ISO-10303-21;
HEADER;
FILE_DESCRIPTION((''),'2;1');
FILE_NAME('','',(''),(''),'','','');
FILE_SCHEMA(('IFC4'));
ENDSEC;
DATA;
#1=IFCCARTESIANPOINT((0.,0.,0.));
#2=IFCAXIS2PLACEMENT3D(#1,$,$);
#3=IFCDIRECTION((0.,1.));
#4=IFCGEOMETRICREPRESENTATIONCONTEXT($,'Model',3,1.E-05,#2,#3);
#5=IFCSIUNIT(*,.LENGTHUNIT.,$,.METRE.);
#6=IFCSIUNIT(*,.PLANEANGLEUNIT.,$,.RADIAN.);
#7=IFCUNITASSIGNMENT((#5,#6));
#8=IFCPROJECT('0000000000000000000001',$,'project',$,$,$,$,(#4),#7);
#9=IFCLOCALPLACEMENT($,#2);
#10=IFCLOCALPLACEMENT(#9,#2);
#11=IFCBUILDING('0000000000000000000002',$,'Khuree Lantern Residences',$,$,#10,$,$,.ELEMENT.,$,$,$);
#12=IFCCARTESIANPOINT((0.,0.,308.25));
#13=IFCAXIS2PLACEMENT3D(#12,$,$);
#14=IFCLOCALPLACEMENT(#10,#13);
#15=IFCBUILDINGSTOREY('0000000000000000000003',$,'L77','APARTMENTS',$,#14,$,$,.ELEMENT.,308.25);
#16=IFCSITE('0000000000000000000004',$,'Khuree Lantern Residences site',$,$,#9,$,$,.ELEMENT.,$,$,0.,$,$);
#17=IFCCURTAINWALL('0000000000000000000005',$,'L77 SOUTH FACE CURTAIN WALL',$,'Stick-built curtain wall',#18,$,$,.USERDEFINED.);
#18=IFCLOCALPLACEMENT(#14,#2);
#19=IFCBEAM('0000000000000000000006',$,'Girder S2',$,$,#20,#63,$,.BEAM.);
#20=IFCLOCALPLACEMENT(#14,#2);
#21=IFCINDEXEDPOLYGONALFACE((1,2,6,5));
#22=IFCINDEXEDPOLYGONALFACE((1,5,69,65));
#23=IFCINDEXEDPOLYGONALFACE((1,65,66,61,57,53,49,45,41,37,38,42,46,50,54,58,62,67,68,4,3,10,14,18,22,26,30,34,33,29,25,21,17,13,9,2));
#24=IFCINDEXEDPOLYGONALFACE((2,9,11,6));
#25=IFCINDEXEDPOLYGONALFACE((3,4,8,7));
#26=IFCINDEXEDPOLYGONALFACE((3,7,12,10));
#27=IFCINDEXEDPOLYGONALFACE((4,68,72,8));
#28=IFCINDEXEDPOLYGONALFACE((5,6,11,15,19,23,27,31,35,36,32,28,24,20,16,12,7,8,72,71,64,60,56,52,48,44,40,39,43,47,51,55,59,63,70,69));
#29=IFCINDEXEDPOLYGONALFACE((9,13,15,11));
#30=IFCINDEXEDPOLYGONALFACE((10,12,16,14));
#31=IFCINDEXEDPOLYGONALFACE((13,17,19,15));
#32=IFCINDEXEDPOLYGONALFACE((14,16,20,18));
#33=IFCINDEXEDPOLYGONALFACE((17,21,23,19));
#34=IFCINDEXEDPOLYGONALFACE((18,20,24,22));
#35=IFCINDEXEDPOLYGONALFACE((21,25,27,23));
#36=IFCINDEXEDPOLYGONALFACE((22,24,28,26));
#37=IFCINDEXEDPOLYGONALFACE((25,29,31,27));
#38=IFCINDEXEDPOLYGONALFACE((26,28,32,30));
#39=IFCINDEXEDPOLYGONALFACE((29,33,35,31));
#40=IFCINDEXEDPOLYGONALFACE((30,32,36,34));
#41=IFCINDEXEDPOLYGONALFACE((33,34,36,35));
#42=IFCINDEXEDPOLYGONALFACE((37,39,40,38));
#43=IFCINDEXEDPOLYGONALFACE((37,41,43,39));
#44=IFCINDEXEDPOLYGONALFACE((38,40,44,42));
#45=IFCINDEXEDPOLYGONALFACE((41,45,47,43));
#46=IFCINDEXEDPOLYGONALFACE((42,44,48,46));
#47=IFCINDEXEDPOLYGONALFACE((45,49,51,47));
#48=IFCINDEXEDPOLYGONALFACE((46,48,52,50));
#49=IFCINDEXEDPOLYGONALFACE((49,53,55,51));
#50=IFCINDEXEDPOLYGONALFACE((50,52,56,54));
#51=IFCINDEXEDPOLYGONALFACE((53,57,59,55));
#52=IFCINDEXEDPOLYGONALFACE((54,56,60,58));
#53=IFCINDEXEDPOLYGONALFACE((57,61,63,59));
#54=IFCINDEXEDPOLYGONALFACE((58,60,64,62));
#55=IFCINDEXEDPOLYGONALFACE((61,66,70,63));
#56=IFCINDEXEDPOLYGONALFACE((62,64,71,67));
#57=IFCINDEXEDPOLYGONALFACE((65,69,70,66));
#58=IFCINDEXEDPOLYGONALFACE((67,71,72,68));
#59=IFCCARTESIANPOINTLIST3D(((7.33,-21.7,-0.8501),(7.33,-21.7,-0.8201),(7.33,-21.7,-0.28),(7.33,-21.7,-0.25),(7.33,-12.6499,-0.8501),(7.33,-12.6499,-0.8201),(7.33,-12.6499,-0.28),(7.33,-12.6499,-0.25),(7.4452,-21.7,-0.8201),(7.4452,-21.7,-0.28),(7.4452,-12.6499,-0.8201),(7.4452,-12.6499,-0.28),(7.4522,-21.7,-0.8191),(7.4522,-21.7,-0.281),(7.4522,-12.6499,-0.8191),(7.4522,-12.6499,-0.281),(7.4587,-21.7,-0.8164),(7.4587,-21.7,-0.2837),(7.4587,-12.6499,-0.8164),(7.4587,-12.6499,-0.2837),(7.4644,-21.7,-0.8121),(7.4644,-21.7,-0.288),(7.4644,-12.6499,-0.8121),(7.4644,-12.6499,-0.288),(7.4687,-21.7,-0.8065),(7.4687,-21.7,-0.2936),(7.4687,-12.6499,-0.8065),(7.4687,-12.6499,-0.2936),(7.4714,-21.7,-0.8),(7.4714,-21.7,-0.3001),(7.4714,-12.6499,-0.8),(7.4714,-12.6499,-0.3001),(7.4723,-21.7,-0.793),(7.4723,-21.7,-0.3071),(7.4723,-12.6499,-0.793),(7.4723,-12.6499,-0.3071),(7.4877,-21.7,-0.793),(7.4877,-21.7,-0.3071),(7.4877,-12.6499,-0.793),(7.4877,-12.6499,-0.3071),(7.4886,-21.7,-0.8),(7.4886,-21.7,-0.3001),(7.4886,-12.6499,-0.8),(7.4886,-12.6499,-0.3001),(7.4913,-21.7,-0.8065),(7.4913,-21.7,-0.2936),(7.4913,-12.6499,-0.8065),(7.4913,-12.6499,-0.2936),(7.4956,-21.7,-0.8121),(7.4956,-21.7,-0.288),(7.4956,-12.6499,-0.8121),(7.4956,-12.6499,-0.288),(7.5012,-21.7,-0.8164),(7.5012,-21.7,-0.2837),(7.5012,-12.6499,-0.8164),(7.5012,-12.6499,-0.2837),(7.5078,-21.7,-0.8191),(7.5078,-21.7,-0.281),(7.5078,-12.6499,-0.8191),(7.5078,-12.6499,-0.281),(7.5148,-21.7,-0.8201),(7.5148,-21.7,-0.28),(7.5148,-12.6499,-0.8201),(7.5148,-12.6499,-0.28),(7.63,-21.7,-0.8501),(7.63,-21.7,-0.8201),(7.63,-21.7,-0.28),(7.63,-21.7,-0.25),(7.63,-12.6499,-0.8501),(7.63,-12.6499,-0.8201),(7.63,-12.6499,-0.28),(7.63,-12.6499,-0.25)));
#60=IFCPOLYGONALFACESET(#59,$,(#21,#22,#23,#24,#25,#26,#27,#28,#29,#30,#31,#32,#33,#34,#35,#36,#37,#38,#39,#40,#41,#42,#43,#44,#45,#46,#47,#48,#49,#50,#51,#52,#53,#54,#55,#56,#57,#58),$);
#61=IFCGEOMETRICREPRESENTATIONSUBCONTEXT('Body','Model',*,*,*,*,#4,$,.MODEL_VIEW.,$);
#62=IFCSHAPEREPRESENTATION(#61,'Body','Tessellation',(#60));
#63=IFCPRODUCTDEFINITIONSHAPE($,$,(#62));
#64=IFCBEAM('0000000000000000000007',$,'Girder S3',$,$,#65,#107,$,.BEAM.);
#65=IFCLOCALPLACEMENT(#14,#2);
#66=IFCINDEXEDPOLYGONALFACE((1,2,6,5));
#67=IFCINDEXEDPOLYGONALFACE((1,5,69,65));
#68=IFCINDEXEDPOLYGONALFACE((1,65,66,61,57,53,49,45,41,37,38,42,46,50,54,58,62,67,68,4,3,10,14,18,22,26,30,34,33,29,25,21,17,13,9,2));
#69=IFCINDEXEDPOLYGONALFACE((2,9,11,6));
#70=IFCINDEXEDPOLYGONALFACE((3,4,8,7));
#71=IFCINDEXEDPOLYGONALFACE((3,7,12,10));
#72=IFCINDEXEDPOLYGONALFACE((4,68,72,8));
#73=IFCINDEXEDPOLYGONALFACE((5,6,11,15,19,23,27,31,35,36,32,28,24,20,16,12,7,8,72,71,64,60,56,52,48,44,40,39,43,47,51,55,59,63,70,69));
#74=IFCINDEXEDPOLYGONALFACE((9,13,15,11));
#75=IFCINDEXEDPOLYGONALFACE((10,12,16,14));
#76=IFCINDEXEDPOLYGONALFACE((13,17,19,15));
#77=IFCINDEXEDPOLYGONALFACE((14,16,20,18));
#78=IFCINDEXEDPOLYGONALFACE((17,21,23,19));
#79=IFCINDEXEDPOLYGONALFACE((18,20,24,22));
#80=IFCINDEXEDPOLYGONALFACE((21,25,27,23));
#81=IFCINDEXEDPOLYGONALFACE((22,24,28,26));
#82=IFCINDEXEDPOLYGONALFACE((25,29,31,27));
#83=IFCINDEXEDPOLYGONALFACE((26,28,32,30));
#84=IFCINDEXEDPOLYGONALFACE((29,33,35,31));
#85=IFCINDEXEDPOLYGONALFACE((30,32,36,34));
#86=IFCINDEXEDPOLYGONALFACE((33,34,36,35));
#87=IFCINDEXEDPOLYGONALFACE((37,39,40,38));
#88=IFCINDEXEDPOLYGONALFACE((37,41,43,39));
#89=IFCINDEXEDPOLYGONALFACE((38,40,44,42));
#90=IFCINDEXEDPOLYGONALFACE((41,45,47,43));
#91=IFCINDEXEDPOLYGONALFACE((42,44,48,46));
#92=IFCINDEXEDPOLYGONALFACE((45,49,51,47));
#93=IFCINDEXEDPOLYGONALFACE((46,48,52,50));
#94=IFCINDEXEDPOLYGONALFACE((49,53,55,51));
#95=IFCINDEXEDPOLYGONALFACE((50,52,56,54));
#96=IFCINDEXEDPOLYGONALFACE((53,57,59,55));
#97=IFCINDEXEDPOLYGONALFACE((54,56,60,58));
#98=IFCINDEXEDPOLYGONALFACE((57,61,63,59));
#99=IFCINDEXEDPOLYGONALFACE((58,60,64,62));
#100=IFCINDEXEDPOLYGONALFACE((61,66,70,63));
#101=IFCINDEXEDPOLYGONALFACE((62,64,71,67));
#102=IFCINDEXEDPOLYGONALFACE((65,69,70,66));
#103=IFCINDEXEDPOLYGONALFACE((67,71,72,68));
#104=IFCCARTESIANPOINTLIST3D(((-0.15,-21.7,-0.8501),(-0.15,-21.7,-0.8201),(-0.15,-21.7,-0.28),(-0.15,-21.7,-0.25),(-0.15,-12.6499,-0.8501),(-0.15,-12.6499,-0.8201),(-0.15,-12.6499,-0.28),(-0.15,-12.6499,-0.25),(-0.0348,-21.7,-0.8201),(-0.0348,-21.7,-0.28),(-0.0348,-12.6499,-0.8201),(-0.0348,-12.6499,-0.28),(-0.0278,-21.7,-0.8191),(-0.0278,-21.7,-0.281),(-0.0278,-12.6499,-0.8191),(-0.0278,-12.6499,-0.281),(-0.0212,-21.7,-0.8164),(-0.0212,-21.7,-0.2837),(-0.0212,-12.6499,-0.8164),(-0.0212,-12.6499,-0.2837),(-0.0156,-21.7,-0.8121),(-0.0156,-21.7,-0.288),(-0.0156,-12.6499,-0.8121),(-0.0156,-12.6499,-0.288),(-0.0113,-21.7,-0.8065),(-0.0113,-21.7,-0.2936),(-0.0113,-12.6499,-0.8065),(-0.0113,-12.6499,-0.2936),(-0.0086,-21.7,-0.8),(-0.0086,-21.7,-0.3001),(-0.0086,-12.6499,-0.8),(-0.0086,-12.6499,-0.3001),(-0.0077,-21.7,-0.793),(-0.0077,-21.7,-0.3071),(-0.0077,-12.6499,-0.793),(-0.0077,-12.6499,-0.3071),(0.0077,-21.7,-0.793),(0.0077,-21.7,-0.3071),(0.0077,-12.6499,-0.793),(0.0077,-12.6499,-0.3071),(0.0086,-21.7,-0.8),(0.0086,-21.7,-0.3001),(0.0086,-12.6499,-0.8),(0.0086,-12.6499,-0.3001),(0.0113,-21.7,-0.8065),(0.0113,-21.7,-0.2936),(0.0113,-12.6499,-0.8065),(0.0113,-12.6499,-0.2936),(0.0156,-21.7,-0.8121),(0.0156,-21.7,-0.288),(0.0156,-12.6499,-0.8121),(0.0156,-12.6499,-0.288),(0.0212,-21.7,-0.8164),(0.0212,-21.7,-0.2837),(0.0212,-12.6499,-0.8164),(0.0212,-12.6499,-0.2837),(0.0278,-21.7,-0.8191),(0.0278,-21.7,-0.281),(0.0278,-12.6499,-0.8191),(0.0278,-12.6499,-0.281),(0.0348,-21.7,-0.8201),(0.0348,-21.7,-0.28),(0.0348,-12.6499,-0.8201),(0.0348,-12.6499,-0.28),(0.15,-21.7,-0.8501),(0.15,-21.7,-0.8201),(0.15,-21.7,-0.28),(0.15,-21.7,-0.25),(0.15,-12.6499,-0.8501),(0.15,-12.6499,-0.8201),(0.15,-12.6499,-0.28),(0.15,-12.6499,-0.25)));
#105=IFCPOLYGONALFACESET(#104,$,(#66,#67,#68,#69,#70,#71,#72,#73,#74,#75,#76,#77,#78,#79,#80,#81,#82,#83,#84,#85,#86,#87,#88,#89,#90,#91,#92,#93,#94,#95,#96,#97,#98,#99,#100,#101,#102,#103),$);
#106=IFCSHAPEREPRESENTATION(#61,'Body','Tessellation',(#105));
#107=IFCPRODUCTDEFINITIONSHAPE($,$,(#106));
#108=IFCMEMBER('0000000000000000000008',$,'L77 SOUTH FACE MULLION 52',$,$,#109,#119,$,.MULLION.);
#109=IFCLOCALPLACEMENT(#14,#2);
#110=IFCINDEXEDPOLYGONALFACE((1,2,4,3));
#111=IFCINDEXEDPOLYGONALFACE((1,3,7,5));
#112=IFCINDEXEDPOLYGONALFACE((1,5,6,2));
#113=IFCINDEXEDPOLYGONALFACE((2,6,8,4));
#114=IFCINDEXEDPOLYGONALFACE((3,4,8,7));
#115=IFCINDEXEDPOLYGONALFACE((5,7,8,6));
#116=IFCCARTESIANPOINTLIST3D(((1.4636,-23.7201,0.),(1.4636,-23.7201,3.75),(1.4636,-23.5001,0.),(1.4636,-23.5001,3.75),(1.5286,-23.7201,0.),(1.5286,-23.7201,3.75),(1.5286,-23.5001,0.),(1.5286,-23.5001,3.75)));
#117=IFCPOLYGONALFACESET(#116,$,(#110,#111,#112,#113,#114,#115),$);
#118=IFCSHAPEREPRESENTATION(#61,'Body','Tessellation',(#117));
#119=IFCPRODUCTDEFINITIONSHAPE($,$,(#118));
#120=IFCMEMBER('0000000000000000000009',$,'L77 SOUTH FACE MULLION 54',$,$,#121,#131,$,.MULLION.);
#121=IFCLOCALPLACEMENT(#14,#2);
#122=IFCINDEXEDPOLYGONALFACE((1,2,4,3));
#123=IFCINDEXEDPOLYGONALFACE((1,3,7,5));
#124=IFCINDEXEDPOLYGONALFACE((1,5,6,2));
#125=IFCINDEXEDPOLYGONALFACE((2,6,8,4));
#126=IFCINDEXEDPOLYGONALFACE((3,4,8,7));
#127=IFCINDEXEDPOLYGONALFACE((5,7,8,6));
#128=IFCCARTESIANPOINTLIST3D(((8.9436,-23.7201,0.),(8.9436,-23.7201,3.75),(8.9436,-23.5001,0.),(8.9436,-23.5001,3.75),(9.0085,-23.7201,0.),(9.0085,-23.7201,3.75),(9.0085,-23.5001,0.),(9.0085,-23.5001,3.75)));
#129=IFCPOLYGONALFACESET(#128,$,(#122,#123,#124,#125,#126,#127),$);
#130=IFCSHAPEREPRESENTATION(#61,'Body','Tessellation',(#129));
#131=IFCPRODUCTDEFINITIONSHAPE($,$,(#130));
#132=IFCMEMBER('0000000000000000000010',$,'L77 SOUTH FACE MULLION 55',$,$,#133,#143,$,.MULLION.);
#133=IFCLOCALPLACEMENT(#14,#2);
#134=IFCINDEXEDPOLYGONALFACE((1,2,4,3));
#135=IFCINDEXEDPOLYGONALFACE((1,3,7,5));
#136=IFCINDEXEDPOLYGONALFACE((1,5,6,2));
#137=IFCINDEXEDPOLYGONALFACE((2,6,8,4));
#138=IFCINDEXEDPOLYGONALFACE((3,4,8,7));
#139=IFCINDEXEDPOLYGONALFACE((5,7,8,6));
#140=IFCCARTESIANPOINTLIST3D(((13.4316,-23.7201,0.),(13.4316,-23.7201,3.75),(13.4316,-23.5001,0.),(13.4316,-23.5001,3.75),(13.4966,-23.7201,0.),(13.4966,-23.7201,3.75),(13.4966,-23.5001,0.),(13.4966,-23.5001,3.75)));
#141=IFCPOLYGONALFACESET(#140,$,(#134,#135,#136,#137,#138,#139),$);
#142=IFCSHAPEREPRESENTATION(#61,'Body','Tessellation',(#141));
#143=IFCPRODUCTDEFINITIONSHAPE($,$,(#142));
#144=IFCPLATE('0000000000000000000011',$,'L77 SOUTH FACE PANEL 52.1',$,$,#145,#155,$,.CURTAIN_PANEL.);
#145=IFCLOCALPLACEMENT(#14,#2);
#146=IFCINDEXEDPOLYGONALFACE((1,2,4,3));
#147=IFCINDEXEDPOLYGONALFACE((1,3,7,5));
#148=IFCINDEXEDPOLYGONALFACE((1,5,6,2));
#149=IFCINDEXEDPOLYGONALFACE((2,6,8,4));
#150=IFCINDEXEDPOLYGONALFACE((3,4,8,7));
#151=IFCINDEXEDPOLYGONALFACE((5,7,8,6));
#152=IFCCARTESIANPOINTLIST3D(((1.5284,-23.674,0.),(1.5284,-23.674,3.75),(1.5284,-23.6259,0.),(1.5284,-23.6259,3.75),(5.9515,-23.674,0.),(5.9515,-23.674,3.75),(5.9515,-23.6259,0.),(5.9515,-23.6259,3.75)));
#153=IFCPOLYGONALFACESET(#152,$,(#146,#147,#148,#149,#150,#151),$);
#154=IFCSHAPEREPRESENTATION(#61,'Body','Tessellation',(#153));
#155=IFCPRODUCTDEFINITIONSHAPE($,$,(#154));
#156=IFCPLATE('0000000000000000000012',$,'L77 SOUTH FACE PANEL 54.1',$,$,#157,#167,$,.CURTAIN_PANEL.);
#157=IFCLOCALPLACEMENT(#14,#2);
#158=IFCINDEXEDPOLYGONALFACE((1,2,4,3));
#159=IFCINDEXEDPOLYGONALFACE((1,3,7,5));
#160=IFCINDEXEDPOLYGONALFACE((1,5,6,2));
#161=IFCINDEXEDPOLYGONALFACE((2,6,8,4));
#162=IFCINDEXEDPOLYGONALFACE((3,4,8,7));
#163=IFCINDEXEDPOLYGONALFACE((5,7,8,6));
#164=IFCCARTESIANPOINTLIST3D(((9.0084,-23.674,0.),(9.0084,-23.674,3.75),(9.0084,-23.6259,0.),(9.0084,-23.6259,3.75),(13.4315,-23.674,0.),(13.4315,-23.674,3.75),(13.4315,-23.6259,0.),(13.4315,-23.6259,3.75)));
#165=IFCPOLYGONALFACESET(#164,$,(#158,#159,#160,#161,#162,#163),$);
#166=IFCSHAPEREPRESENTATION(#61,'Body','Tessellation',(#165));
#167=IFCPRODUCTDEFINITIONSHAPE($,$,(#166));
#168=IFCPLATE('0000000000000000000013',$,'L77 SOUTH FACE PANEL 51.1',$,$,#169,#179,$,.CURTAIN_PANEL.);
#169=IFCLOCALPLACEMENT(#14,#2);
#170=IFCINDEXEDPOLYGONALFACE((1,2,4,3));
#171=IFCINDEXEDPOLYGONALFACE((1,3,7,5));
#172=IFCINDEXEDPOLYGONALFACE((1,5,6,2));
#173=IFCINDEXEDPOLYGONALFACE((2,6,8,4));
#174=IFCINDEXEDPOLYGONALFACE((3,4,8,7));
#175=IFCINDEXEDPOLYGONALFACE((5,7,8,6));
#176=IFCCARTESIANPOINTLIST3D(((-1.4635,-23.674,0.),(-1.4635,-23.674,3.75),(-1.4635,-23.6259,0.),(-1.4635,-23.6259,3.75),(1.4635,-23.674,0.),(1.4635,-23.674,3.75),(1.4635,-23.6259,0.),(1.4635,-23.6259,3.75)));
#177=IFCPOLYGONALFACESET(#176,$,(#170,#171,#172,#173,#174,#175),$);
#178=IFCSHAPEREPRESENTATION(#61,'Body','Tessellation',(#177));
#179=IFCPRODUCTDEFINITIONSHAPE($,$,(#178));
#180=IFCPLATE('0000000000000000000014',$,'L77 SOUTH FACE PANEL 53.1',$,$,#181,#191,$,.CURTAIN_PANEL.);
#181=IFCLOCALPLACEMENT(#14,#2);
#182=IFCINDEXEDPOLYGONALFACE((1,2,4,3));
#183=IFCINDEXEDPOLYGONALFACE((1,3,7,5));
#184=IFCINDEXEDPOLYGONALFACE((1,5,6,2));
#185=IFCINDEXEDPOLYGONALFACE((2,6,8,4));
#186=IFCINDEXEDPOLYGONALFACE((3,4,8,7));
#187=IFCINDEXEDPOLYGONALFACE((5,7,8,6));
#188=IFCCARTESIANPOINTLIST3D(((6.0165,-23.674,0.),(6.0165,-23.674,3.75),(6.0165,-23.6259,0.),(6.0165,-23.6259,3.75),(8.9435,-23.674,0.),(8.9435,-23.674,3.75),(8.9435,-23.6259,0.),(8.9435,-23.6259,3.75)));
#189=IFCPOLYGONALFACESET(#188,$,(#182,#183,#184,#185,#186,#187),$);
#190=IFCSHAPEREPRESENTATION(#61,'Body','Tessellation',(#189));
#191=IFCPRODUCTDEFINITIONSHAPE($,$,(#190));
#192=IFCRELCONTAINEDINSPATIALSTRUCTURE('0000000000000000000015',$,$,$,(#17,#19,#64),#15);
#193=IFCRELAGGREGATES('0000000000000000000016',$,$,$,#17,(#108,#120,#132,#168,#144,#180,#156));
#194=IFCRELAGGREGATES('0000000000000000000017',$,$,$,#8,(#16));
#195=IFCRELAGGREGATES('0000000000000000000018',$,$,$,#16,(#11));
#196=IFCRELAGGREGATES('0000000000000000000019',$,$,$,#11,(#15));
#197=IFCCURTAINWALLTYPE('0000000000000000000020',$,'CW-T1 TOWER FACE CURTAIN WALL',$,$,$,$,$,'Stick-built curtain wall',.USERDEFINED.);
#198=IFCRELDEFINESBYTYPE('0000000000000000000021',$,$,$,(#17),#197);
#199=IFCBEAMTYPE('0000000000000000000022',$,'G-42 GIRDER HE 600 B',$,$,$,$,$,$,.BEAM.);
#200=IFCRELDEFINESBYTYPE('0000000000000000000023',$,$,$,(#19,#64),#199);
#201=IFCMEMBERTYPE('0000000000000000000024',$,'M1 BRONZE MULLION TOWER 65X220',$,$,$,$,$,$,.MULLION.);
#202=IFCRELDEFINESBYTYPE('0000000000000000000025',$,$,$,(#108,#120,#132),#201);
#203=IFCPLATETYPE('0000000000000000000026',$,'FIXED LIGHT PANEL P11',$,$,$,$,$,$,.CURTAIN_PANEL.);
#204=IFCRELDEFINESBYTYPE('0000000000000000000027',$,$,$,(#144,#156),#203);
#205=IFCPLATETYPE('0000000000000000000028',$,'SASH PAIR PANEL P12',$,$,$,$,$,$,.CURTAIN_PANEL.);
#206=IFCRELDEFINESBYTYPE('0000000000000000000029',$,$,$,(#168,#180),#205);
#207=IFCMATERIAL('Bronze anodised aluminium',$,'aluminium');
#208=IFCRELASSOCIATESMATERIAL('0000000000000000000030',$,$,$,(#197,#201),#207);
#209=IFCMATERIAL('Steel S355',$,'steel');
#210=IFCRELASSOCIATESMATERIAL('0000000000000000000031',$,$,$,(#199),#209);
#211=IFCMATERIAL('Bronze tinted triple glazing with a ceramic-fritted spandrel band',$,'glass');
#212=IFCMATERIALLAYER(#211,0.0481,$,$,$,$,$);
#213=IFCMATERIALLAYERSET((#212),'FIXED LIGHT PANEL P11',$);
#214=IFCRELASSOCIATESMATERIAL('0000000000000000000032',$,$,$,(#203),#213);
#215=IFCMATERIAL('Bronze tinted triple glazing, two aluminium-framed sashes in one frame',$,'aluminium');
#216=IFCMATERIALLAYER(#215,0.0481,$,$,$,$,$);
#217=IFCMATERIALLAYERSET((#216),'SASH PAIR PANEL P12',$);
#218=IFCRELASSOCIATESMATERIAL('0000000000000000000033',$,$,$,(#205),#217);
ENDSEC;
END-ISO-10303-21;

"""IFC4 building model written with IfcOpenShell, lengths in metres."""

from ifc_helpers import new_model, si_unit, direction, frame, origin, origin_2d, place, context, subcontext, project, spatial, rectangle, i_section, extrude, material, layer, layer_set, material_profile, profile_set, type_object, element, aggregate, save


model = new_model("IFC4")

# Units and contexts
model_context = context("Model", 3, precision=1e-05, world=origin(), true_north=direction((0.0, 1.0)))
body_context = subcontext(model_context, "Body", "Model", "MODEL_VIEW")
ifc_project = project(units=[si_unit("LENGTHUNIT", "METRE"), si_unit("PLANEANGLEUNIT", "RADIAN")], contexts=[model_context])

# Site, building, storey
site_placement = place(None, origin())
site = spatial("IfcSite", under=ifc_project, at=site_placement, Name="Khuree Lantern Residences site", CompositionType="ELEMENT", RefElevation=0.0)
building_placement = place(site_placement, origin())
building = spatial("IfcBuilding", under=site, at=building_placement, Name="Khuree Lantern Residences", CompositionType="ELEMENT")
storey_placement = place(building_placement, frame((0.0, 0.0, 308.25)))
storey = spatial("IfcBuildingStorey", under=building, at=storey_placement, Name="L77", Description="APARTMENTS", CompositionType="ELEMENT", Elevation=308.25)

# Shared definitions
ifc_material_1 = material(Name="Steel S355", Category="steel")

# Curtain wall
ifc_material_2 = material(Name="Bronze anodised aluminium", Category="aluminium")
curtain_wall_type = type_object("IfcCurtainWallType", Name="CW-T1 TOWER FACE CURTAIN WALL", ElementType="Stick-built curtain wall", PredefinedType="USERDEFINED", material=ifc_material_2)
curtain_wall_placement = place(storey_placement, origin())
curtain_wall = element("IfcCurtainWall", 1, at=curtain_wall_placement, inside=storey, type_object=curtain_wall_type, Name="L77 SOUTH FACE CURTAIN WALL", ObjectType="Stick-built curtain wall", PredefinedType="USERDEFINED")

# Beams
ifc_material_profile_1 = material_profile(ifc_material_1, i_section(OverallWidth=0.3, OverallDepth=0.6001, WebThickness=0.0154, FlangeThickness=0.03, FilletRadius=0.0271, at=origin_2d()), Name="HE 600 B")
ifc_profile_set_1 = profile_set([ifc_material_profile_1], Name="Steel S355")
beam_type_1 = type_object("IfcBeamType", Name="G-42 GIRDER HE 600 B", PredefinedType="BEAM", material=ifc_profile_set_1)
for number, where, z_axis, x_axis, name in (
    (2, (7.48, -21.7, -0.55), (0.0, 1.0, 0.0), (-1.0, 0.0, 0.0), "Girder S2"),
    (3, (0.0, -21.7, -0.55), (0.0, 1.0, 0.0), (-1.0, 0.0, 0.0), "Girder S3"),
):
    element("IfcBeam", number, at=place(storey_placement, frame(where, z_axis=z_axis, x_axis=x_axis)), inside=storey, type_object=beam_type_1, Name=name, PredefinedType="BEAM", context=body_context, shape_type="SweptSolid", body=[
        extrude(i_section(OverallWidth=0.3, OverallDepth=0.6001, WebThickness=0.0154, FlangeThickness=0.03, FilletRadius=0.0271, at=origin_2d()), origin(), (0.0, 0.0, 1.0), 9.05),
    ])

# Members
ifc_material_profile_2 = material_profile(ifc_material_2, rectangle(XDim=0.0649, YDim=0.22, at=origin_2d()), Name="M1 65X220")
ifc_profile_set_2 = profile_set([ifc_material_profile_2], Name="Bronze anodised aluminium")
member_type_1 = type_object("IfcMemberType", Name="M1 BRONZE MULLION TOWER 65X220", PredefinedType="MULLION", material=ifc_profile_set_2)
member_1_placement = place(storey_placement, frame((1.4961, -23.6101, 0.0), z_axis=(0.0, 0.0, 1.0), x_axis=(1.0, 0.0, 0.0)))
member_1 = element("IfcMember", 4, at=member_1_placement, type_object=member_type_1, Name="L77 SOUTH FACE MULLION 52", PredefinedType="MULLION", context=body_context, shape_type="SweptSolid", body=[
    extrude(rectangle(XDim=0.0649, YDim=0.22, at=origin_2d()), origin(), (0.0, 0.0, 1.0), 3.75),
])
member_2_placement = place(storey_placement, frame((8.9761, -23.6101, 0.0), z_axis=(0.0, 0.0, 1.0), x_axis=(1.0, 0.0, 0.0)))
member_2 = element("IfcMember", 5, at=member_2_placement, type_object=member_type_1, Name="L77 SOUTH FACE MULLION 54", PredefinedType="MULLION", context=body_context, shape_type="SweptSolid", body=[
    extrude(rectangle(XDim=0.0649, YDim=0.22, at=origin_2d()), origin(), (0.0, 0.0, 1.0), 3.75),
])
member_3_placement = place(storey_placement, frame((13.4641, -23.6101, 0.0), z_axis=(0.0, 0.0, 1.0), x_axis=(1.0, 0.0, 0.0)))
member_3 = element("IfcMember", 6, at=member_3_placement, type_object=member_type_1, Name="L77 SOUTH FACE MULLION 55", PredefinedType="MULLION", context=body_context, shape_type="SweptSolid", body=[
    extrude(rectangle(XDim=0.0649, YDim=0.22, at=origin_2d()), origin(), (0.0, 0.0, 1.0), 3.75),
])

# Plates
ifc_material_3 = material(Name="Bronze tinted triple glazing with a ceramic-fritted spandrel band", Category="glass")
ifc_layer_1 = layer(ifc_material_3, 0.0481)
ifc_layer_set_1 = layer_set([ifc_layer_1], Name="FIXED LIGHT PANEL P11")
plate_type_1 = type_object("IfcPlateType", Name="FIXED LIGHT PANEL P11", PredefinedType="CURTAIN_PANEL", material=ifc_layer_set_1)
plate_1_placement = place(storey_placement, frame((3.74, -23.6499, 0.0), z_axis=(0.0, 0.0, 1.0), x_axis=(1.0, 0.0, 0.0)))
plate_1 = element("IfcPlate", 7, at=plate_1_placement, type_object=plate_type_1, Name="L77 SOUTH FACE PANEL 52.1", PredefinedType="CURTAIN_PANEL", context=body_context, shape_type="SweptSolid", body=[
    extrude(rectangle(XDim=4.4231, YDim=0.0481, at=origin_2d()), origin(), (0.0, 0.0, 1.0), 3.75),
])
plate_2_placement = place(storey_placement, frame((11.22, -23.6499, 0.0), z_axis=(0.0, 0.0, 1.0), x_axis=(1.0, 0.0, 0.0)))
plate_2 = element("IfcPlate", 8, at=plate_2_placement, type_object=plate_type_1, Name="L77 SOUTH FACE PANEL 54.1", PredefinedType="CURTAIN_PANEL", context=body_context, shape_type="SweptSolid", body=[
    extrude(rectangle(XDim=4.4231, YDim=0.0481, at=origin_2d()), origin(), (0.0, 0.0, 1.0), 3.75),
])
ifc_material_4 = material(Name="Bronze tinted triple glazing, two aluminium-framed sashes in one frame", Category="aluminium")
ifc_layer_2 = layer(ifc_material_4, 0.0481)
ifc_layer_set_2 = layer_set([ifc_layer_2], Name="SASH PAIR PANEL P12")
plate_type_2 = type_object("IfcPlateType", Name="SASH PAIR PANEL P12", PredefinedType="CURTAIN_PANEL", material=ifc_layer_set_2)
plate_3_placement = place(storey_placement, frame((0.0, -23.6499, 0.0), z_axis=(0.0, 0.0, 1.0), x_axis=(1.0, 0.0, 0.0)))
plate_3 = element("IfcPlate", 9, at=plate_3_placement, type_object=plate_type_2, Name="L77 SOUTH FACE PANEL 51.1", PredefinedType="CURTAIN_PANEL", context=body_context, shape_type="SweptSolid", body=[
    extrude(rectangle(XDim=2.927, YDim=0.0481, at=origin_2d()), origin(), (0.0, 0.0, 1.0), 3.75),
])
plate_4_placement = place(storey_placement, frame((7.48, -23.6499, 0.0), z_axis=(0.0, 0.0, 1.0), x_axis=(1.0, 0.0, 0.0)))
plate_4 = element("IfcPlate", 10, at=plate_4_placement, type_object=plate_type_2, Name="L77 SOUTH FACE PANEL 53.1", PredefinedType="CURTAIN_PANEL", context=body_context, shape_type="SweptSolid", body=[
    extrude(rectangle(XDim=2.927, YDim=0.0481, at=origin_2d()), origin(), (0.0, 0.0, 1.0), 3.75),
])
aggregate(curtain_wall, [member_1, member_2, member_3, plate_3, plate_1, plate_4, plate_2])

save(model, "model.ifc")
